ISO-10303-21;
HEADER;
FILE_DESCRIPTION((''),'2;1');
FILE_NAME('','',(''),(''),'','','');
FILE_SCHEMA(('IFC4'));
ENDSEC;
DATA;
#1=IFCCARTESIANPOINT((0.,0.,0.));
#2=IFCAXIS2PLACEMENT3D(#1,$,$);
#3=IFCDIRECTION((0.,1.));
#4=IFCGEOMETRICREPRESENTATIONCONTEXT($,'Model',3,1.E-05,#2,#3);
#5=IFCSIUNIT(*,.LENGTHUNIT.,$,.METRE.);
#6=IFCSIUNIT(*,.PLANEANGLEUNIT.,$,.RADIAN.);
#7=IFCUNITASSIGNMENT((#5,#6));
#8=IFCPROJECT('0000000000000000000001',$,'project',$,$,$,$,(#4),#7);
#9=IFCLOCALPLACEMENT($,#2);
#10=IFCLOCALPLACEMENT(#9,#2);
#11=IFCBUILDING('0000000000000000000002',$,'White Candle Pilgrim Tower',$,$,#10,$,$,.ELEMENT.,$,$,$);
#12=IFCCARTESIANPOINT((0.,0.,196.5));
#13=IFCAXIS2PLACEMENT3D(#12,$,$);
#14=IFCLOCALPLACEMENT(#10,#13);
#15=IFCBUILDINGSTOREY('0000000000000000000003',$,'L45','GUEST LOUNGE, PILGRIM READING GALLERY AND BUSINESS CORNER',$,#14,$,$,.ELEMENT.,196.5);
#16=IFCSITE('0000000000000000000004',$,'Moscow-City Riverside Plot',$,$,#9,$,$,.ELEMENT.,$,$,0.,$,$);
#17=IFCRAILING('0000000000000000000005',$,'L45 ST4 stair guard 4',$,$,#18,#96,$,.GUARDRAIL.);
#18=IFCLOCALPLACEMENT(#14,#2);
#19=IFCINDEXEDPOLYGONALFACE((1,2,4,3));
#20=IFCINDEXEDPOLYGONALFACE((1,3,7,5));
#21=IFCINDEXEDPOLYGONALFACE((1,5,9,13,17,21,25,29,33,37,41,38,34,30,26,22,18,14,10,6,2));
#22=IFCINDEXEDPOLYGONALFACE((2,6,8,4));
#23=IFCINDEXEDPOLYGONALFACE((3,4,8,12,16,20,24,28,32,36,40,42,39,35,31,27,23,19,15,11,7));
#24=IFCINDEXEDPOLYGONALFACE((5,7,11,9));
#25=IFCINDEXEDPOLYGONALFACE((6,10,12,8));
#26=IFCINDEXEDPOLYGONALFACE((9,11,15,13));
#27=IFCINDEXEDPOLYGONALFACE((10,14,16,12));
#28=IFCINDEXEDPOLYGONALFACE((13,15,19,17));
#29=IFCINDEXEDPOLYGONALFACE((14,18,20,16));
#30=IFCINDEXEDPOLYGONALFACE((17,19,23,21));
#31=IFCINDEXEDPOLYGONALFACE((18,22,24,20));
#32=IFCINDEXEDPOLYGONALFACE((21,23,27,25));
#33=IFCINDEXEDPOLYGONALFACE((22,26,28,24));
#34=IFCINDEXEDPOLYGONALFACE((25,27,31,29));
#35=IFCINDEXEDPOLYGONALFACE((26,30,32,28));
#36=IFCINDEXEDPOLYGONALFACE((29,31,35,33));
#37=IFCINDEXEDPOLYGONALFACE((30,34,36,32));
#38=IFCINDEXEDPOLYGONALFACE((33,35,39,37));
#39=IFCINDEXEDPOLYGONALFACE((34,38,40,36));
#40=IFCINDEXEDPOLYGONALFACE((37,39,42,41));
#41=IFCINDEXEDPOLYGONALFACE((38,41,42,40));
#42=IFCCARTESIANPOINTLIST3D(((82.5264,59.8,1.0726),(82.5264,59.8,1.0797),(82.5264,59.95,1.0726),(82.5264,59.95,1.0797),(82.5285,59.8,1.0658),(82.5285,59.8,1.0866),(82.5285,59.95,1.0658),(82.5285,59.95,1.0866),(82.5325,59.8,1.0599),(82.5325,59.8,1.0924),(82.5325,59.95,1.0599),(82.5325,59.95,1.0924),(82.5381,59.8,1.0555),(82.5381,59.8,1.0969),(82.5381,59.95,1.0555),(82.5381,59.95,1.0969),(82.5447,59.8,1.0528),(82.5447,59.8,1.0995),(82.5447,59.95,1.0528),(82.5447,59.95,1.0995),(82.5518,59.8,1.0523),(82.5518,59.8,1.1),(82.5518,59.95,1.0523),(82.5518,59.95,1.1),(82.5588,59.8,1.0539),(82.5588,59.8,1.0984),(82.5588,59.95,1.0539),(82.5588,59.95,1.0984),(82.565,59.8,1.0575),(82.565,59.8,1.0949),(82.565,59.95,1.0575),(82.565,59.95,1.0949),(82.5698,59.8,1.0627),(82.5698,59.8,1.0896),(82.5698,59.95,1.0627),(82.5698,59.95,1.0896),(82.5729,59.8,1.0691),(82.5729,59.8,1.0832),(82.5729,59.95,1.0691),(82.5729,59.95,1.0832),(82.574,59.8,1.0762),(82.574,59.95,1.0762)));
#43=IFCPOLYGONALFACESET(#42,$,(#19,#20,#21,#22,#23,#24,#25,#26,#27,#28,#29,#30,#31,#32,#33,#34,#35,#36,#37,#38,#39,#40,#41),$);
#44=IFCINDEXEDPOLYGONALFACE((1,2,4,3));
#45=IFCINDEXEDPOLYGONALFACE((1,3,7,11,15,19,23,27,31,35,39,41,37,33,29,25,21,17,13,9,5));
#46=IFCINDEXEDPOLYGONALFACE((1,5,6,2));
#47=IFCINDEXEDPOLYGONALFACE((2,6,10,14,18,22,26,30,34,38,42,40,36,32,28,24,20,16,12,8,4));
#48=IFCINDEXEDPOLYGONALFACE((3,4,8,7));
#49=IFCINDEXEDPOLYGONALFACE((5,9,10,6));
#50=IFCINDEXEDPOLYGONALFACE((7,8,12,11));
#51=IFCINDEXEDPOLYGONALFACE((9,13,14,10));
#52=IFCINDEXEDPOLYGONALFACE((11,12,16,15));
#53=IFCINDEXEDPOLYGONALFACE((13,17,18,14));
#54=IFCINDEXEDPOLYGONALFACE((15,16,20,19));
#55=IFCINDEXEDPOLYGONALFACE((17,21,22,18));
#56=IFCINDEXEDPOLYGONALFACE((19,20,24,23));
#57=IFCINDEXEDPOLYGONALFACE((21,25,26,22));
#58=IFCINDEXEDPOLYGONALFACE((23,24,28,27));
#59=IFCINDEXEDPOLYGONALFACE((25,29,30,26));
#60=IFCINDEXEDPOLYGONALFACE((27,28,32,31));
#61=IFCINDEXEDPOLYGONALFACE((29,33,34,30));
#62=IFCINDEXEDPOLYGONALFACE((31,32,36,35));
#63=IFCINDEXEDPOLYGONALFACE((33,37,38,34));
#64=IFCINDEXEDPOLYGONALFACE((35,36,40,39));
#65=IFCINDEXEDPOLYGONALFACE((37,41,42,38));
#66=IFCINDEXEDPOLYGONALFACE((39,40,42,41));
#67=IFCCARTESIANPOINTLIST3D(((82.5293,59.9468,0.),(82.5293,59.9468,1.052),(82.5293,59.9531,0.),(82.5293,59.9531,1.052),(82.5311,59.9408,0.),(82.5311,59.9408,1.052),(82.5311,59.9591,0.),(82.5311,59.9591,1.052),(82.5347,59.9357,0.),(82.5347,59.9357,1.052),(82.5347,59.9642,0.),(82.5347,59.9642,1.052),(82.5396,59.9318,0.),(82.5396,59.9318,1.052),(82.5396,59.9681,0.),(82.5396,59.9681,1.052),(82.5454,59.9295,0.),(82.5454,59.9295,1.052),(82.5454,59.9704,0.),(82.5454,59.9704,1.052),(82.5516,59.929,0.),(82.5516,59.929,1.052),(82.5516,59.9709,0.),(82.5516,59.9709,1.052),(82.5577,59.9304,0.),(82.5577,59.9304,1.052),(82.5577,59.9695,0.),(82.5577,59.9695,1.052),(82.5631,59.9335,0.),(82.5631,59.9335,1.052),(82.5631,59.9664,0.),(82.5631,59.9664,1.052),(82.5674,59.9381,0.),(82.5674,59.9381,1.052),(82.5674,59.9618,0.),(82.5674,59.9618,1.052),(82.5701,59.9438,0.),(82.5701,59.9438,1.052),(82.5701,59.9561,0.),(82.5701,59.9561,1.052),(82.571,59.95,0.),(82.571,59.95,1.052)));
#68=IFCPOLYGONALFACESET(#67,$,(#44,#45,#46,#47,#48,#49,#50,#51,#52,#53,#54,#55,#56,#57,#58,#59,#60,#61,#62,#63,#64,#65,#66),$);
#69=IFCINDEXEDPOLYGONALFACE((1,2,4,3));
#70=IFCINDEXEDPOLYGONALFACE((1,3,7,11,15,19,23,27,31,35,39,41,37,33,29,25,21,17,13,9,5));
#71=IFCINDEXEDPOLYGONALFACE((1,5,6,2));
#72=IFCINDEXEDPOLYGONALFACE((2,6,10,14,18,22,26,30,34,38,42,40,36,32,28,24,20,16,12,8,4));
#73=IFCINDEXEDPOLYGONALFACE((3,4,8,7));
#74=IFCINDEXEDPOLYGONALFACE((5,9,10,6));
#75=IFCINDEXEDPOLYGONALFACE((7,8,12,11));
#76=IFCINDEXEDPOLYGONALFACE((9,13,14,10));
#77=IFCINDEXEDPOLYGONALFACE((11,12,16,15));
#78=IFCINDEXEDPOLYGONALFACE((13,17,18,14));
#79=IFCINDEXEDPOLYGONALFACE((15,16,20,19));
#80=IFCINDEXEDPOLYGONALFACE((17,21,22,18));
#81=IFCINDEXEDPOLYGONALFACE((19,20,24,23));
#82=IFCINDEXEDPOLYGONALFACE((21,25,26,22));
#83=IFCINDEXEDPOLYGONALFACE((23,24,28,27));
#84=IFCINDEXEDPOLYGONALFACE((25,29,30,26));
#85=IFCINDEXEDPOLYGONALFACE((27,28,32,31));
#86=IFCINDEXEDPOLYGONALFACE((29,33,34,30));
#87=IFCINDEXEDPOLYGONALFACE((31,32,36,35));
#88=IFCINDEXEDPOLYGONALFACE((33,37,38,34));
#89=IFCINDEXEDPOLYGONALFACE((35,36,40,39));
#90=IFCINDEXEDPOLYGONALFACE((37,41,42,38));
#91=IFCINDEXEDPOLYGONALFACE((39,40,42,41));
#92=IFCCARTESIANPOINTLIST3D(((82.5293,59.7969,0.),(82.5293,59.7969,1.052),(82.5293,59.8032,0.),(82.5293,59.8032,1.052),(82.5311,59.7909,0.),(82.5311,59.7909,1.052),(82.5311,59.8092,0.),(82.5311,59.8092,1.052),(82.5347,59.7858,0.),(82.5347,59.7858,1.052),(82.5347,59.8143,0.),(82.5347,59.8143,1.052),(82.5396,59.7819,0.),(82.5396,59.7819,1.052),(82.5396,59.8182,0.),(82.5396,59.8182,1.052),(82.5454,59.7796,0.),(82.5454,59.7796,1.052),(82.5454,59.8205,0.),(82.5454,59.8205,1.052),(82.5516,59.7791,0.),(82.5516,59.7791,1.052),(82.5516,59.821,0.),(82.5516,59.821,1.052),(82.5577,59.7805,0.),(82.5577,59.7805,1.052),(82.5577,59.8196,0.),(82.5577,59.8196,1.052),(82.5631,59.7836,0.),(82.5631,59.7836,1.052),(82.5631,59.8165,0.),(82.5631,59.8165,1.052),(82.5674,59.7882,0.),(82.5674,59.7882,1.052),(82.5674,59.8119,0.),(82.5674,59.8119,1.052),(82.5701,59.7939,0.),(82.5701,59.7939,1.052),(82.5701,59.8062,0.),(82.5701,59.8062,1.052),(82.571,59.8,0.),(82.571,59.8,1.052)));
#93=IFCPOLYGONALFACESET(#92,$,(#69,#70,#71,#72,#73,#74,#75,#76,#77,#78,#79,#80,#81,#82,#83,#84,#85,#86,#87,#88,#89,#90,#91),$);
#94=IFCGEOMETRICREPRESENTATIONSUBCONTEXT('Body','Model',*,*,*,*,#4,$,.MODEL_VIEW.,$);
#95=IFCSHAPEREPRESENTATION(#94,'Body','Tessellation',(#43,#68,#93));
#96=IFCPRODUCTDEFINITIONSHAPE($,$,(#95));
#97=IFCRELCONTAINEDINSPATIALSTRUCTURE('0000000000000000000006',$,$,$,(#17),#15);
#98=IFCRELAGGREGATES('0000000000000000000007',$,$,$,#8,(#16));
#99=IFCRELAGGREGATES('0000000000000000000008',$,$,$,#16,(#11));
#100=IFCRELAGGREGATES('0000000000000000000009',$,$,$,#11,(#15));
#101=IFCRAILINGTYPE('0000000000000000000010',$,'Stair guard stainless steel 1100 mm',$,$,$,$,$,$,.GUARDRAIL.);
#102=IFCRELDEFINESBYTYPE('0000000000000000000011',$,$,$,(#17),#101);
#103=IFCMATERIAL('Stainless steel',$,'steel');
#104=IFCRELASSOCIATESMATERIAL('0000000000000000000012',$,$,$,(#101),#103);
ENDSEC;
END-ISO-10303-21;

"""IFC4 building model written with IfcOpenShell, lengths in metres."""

from ifc_helpers import new_model, si_unit, direction, frame, origin, origin_2d, place, context, subcontext, project, spatial, circle, extrude, material, type_object, element, save


model = new_model("IFC4")

# Units and contexts
model_context = context("Model", 3, precision=1e-05, world=origin(), true_north=direction((0.0, 1.0)))
body_context = subcontext(model_context, "Body", "Model", "MODEL_VIEW")
ifc_project = project(units=[si_unit("LENGTHUNIT", "METRE"), si_unit("PLANEANGLEUNIT", "RADIAN")], contexts=[model_context])

# Site, building, storey
site_placement = place(None, origin())
site = spatial("IfcSite", under=ifc_project, at=site_placement, Name="Moscow-City Riverside Plot", CompositionType="ELEMENT", RefElevation=0.0)
building_placement = place(site_placement, origin())
building = spatial("IfcBuilding", under=site, at=building_placement, Name="White Candle Pilgrim Tower", CompositionType="ELEMENT")
storey_placement = place(building_placement, frame((0.0, 0.0, 196.5)))
storey = spatial("IfcBuildingStorey", under=building, at=storey_placement, Name="L45", Description="GUEST LOUNGE, PILGRIM READING GALLERY AND BUSINESS CORNER", CompositionType="ELEMENT", Elevation=196.5)

# Railing
ifc_material_1 = material(Name="Stainless steel", Category="steel")
railing_type_1 = type_object("IfcRailingType", Name="Stair guard stainless steel 1100 mm", PredefinedType="GUARDRAIL", material=ifc_material_1)
railing_1_placement = place(storey_placement, frame((82.55, 59.95, 0.0)))
element("IfcRailing", 1, at=railing_1_placement, inside=storey, type_object=railing_type_1, Name="L45 ST4 stair guard 4", PredefinedType="GUARDRAIL", context=body_context, shape_type="SweptSolid", body=[
    extrude(circle(Radius=0.0239, at=origin_2d()), frame((0.0, 0.0, 1.0762), z_axis=(0.0, -1.0, 0.0), x_axis=(1.0, 0.0, 0.0)), (0.0, 0.0, 1.0), 0.1499),
    extrude(circle(Radius=0.021, at=origin_2d()), origin(), (0.0, 0.0, 1.0), 1.052),
    extrude(circle(Radius=0.021, at=origin_2d()), frame((0.0, -0.1499, 0.0)), (0.0, 0.0, 1.0), 1.052),
])

save(model, "model.ifc")
